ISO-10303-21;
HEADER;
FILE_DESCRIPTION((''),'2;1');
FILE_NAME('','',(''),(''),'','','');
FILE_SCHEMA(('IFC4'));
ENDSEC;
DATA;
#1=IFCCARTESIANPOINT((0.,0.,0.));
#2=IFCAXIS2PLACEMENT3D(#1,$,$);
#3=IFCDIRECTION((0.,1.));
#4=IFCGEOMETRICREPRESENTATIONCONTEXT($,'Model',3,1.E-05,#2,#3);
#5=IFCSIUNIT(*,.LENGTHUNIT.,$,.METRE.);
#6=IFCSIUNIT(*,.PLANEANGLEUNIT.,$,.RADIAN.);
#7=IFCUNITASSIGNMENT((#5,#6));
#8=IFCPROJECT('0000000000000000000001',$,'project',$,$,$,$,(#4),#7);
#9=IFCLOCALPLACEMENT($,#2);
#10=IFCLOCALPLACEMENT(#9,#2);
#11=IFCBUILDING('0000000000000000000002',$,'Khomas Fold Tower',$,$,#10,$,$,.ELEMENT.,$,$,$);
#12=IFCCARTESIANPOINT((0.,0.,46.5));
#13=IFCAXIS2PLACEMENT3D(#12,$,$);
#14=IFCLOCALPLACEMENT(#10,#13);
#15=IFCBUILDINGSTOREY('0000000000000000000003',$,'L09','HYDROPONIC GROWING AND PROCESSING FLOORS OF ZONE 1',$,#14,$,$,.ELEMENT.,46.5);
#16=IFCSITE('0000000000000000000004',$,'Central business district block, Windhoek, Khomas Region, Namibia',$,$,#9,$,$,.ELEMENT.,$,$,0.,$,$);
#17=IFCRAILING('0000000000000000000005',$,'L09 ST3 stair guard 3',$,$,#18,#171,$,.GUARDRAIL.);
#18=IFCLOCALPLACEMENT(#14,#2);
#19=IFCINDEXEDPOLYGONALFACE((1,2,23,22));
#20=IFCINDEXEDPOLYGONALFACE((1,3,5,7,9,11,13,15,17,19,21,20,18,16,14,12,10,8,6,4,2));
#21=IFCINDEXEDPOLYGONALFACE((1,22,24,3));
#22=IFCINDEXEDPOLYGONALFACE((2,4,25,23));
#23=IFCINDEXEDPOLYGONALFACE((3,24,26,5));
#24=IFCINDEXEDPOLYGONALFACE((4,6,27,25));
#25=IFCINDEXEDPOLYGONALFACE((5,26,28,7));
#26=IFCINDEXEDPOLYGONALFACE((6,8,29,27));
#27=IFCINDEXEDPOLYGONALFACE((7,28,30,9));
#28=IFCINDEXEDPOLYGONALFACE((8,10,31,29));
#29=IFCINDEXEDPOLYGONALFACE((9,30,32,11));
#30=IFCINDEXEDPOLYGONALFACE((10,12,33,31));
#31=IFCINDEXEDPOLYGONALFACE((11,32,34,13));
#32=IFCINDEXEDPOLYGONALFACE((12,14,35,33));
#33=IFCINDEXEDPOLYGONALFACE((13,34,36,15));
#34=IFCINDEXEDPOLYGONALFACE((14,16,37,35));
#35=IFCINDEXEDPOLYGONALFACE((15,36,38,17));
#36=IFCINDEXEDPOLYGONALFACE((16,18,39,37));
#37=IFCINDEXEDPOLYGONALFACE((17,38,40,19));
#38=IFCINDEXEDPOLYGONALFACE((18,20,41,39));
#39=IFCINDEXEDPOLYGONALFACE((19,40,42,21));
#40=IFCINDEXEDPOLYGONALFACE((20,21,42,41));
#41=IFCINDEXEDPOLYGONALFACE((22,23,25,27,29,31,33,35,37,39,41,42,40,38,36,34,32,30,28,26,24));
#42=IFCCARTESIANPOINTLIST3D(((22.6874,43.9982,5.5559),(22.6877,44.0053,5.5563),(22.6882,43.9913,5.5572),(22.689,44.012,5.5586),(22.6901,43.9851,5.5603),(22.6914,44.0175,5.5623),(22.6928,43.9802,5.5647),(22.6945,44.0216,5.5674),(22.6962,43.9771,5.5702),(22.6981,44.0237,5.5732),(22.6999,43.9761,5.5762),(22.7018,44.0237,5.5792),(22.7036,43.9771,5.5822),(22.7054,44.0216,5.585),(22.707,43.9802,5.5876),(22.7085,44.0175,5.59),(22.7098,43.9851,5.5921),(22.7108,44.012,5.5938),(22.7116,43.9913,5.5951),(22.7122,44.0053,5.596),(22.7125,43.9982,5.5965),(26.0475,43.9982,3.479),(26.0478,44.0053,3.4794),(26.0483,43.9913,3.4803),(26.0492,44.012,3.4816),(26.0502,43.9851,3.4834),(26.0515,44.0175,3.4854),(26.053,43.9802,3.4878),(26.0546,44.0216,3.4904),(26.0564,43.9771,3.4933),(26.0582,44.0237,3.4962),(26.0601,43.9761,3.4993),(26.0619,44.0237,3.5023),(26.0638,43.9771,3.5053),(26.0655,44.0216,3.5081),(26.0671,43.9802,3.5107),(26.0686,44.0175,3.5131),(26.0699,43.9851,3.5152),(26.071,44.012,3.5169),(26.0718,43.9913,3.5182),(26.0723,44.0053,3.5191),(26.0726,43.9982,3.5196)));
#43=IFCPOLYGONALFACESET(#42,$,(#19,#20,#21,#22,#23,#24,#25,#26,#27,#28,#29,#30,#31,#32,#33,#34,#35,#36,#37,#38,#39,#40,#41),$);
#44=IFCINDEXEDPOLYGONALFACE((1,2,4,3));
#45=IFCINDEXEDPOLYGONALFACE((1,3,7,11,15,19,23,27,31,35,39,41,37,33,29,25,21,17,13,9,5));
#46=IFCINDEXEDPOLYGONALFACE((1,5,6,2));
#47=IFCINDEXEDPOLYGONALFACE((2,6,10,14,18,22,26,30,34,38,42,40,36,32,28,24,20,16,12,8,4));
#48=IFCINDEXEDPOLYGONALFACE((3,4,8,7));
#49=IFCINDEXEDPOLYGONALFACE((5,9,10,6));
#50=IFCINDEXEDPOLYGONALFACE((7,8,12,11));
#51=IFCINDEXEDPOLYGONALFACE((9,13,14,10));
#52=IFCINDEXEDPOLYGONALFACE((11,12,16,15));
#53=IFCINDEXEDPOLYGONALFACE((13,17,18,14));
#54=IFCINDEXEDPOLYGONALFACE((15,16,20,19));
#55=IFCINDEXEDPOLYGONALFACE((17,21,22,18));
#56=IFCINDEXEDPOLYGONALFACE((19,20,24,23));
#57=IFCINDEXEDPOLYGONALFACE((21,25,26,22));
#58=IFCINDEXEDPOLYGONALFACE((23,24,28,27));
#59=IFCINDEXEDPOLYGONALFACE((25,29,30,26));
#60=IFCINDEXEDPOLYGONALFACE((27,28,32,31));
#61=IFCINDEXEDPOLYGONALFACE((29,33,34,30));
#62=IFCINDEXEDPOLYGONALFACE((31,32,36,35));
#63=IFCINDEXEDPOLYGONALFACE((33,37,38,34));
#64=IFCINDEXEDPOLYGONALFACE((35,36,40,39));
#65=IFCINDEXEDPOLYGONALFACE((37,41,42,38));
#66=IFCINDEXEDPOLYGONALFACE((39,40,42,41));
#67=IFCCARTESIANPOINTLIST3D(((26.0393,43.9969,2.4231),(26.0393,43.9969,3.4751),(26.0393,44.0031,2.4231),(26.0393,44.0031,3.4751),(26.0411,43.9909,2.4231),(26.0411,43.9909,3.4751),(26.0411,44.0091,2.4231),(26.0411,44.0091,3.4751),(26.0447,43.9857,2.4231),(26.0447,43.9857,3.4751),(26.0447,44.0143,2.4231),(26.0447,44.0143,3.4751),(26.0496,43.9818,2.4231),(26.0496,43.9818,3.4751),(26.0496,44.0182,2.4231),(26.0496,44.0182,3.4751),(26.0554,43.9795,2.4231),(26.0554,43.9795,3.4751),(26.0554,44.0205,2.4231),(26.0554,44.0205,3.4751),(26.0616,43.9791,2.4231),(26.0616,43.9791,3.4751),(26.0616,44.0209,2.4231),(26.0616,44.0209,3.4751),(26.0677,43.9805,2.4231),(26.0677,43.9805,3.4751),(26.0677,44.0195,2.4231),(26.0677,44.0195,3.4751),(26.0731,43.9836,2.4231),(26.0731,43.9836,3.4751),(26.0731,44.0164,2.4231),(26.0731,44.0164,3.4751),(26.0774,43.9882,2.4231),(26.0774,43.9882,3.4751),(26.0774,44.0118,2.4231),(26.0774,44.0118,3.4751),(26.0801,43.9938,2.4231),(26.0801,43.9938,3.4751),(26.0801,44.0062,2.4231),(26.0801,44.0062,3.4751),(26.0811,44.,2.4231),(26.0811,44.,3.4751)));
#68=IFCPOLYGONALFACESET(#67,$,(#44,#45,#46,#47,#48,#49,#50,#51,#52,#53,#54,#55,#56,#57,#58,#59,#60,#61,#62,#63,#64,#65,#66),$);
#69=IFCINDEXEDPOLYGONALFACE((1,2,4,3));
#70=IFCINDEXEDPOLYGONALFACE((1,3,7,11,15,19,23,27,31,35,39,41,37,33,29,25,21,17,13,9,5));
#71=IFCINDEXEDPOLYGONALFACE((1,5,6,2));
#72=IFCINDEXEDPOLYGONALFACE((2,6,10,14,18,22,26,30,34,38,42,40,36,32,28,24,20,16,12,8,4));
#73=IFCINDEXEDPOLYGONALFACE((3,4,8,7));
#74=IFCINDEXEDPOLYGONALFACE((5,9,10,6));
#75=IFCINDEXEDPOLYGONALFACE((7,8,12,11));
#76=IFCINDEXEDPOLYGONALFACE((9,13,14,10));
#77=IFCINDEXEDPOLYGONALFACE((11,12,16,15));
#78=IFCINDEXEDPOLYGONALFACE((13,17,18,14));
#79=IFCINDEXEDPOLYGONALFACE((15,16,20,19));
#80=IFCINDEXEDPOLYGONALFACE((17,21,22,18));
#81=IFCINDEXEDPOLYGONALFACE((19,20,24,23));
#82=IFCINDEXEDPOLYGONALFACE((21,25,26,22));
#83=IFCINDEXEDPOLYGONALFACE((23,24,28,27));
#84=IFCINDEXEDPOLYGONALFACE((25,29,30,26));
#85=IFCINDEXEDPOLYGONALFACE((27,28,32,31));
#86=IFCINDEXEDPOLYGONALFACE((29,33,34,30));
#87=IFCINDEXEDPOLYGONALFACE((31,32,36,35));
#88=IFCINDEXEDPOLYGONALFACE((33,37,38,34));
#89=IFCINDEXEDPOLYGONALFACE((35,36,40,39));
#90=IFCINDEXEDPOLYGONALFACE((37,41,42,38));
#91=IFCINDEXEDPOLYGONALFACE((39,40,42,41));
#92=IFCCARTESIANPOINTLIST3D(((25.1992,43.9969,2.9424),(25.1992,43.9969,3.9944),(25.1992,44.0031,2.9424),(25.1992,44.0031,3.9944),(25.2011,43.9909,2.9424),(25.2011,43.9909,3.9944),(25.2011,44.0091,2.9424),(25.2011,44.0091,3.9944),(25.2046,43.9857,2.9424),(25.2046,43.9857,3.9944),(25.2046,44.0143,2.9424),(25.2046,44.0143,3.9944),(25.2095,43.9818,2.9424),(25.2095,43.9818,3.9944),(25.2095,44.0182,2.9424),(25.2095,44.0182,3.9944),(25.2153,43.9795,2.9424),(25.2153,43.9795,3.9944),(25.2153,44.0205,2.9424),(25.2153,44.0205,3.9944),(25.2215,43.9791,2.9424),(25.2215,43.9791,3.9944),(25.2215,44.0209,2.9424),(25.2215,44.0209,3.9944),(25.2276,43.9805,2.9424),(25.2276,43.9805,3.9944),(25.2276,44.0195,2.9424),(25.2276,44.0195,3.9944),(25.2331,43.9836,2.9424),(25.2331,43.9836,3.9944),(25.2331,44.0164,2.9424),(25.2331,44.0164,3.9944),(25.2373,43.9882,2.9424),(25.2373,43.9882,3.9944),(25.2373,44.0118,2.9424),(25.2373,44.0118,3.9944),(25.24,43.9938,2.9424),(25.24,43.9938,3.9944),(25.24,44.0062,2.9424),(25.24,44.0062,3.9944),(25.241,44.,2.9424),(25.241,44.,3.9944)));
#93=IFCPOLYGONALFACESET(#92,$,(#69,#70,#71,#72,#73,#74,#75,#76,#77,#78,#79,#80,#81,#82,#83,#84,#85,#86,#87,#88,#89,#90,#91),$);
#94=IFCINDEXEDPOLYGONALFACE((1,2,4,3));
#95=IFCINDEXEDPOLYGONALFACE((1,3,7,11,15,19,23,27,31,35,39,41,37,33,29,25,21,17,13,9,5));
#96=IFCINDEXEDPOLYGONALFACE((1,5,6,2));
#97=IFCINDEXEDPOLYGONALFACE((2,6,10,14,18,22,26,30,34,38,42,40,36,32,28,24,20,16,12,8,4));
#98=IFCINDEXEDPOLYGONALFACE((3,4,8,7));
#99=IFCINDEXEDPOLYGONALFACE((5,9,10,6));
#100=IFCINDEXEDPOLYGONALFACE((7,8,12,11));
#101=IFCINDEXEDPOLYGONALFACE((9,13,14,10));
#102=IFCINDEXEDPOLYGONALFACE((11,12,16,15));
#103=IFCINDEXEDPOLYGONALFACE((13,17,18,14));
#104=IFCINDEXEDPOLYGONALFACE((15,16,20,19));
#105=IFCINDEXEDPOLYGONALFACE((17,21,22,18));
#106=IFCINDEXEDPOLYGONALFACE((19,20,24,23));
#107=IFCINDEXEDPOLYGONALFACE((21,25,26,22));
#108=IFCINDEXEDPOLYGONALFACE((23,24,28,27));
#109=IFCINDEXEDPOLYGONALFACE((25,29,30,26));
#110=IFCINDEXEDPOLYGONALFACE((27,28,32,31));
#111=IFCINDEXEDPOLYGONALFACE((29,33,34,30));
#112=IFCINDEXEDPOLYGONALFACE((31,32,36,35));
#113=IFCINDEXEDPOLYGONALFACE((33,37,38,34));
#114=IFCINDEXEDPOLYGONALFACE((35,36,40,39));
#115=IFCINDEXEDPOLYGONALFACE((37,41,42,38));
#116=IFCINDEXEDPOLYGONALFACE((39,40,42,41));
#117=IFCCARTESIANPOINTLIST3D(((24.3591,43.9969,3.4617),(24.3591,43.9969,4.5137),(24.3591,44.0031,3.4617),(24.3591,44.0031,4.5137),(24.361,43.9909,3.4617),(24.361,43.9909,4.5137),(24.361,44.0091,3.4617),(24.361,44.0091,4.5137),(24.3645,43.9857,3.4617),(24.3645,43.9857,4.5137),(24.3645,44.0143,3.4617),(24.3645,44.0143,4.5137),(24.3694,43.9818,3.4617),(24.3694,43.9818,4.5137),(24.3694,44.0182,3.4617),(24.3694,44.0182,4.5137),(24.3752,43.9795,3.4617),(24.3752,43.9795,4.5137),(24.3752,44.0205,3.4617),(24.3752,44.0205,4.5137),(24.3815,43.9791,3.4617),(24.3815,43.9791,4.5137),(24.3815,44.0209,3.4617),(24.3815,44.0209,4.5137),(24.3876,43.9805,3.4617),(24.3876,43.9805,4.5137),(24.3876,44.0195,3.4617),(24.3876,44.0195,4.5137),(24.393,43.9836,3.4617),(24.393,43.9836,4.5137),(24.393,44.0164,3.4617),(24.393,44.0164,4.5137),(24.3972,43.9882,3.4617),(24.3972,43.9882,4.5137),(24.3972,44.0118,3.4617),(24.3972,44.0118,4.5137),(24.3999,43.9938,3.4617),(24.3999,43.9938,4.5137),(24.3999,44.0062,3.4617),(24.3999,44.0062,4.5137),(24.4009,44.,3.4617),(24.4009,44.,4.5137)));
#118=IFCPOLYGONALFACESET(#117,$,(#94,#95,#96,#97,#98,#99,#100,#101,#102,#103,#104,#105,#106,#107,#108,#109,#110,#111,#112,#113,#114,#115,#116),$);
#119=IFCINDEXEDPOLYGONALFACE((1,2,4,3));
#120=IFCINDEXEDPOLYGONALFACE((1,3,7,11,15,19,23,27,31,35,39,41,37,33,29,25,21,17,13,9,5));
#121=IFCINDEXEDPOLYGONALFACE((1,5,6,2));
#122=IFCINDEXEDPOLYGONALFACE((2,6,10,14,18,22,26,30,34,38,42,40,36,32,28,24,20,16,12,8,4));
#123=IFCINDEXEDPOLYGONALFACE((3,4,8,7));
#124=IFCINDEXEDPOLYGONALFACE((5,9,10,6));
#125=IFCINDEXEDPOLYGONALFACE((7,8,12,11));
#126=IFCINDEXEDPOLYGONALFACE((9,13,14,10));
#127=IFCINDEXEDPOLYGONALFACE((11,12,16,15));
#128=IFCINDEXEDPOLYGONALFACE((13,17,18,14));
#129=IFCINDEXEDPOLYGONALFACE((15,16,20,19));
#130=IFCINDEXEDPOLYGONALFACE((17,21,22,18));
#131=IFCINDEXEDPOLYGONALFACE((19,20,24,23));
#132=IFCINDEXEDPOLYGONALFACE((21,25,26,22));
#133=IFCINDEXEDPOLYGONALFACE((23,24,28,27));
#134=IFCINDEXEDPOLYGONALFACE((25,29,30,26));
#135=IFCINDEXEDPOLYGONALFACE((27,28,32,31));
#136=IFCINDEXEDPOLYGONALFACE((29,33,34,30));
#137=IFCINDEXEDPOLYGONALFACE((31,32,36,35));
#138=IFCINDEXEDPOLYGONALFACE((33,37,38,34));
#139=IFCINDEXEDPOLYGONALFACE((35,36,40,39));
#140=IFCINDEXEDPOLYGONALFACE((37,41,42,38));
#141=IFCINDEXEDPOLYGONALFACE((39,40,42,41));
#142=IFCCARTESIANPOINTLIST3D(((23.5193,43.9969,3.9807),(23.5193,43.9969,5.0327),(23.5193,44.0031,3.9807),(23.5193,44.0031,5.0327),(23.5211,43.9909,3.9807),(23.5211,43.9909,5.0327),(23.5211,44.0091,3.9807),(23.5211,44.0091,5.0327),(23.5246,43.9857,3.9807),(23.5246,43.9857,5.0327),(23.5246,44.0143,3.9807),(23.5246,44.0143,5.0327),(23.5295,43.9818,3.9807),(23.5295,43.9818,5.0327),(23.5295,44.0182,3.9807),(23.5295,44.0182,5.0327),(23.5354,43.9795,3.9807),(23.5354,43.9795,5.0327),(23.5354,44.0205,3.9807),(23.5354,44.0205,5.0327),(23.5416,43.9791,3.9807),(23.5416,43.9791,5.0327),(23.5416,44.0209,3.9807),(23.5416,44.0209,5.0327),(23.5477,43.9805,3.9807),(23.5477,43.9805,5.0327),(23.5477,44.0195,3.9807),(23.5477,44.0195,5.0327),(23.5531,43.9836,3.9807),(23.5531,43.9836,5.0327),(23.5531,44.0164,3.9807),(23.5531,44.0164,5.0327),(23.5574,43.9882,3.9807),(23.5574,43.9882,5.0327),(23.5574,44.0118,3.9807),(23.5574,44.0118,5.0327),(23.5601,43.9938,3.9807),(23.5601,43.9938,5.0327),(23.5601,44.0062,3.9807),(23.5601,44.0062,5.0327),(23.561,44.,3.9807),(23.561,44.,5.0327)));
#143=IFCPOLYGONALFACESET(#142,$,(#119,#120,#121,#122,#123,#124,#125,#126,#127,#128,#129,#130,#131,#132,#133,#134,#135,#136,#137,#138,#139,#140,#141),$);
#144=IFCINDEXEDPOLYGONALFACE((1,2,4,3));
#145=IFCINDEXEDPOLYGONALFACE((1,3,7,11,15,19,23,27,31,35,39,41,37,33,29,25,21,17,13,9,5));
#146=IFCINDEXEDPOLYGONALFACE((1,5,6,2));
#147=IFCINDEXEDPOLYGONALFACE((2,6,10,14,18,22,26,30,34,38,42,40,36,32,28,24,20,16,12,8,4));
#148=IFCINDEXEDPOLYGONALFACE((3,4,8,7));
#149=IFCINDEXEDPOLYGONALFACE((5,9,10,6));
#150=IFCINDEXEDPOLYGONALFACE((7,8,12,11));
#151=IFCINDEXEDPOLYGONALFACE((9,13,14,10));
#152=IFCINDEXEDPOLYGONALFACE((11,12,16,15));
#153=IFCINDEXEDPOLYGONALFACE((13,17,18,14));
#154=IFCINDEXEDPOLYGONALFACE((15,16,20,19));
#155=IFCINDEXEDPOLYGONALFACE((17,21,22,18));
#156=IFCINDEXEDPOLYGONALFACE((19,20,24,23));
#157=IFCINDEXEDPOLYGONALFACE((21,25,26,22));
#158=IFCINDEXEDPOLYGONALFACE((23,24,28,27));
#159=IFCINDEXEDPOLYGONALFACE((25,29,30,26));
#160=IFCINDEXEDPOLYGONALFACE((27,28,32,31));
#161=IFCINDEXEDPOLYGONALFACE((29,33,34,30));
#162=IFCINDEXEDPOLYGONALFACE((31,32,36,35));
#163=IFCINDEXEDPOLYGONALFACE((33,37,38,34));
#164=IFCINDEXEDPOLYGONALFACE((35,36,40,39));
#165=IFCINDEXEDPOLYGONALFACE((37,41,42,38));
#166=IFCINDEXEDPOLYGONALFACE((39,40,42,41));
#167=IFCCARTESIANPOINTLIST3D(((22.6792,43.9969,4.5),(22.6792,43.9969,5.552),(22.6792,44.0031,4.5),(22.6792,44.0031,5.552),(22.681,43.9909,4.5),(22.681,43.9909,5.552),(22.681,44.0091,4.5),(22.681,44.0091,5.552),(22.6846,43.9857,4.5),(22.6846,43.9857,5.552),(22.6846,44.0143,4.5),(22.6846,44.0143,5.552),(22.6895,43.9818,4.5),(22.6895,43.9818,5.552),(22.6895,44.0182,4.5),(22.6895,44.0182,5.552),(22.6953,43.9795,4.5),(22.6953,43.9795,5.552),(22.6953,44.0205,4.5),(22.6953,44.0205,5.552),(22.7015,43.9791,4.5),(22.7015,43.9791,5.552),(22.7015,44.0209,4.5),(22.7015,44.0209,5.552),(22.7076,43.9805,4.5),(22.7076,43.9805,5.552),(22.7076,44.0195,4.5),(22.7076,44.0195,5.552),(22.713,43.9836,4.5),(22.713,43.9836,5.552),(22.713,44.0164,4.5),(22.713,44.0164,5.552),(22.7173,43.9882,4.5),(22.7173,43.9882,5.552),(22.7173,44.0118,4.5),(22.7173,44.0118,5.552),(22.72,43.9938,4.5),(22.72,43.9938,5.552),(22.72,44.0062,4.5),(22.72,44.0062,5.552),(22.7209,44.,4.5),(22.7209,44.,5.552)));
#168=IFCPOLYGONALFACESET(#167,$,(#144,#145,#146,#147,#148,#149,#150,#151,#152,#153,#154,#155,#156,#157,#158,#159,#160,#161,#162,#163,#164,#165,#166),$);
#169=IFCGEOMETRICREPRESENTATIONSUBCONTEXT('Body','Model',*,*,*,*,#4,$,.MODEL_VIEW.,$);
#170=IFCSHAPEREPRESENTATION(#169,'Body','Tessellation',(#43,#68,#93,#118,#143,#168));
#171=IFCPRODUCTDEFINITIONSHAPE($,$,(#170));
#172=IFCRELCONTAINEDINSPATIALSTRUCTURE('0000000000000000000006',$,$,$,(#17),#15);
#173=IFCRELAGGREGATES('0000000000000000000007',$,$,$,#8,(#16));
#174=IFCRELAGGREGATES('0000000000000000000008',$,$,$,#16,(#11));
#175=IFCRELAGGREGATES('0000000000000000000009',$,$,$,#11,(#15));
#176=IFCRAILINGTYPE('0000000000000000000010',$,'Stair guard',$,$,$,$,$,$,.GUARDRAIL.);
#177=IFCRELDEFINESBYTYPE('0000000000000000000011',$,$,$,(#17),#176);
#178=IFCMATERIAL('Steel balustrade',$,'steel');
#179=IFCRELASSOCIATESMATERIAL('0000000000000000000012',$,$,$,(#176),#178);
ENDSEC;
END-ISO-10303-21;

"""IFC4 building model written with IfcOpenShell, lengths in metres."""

from ifc_helpers import new_model, si_unit, direction, frame, origin, origin_2d, place, context, subcontext, project, spatial, circle, extrude, source, transform, mapped, material, type_object, element, save


model = new_model("IFC4")

# Units and contexts
model_context = context("Model", 3, precision=1e-05, world=origin(), true_north=direction((0.0, 1.0)))
body_context = subcontext(model_context, "Body", "Model", "MODEL_VIEW")
ifc_project = project(units=[si_unit("LENGTHUNIT", "METRE"), si_unit("PLANEANGLEUNIT", "RADIAN")], contexts=[model_context])

# Site, building, storey
site_placement = place(None, origin())
site = spatial("IfcSite", under=ifc_project, at=site_placement, Name="Central business district block, Windhoek, Khomas Region, Namibia", CompositionType="ELEMENT", RefElevation=0.0)
building_placement = place(site_placement, origin())
building = spatial("IfcBuilding", under=site, at=building_placement, Name="Khomas Fold Tower", CompositionType="ELEMENT")
storey_placement = place(building_placement, frame((0.0, 0.0, 46.5)))
storey = spatial("IfcBuildingStorey", under=building, at=storey_placement, Name="L09", Description="HYDROPONIC GROWING AND PROCESSING FLOORS OF ZONE 1", CompositionType="ELEMENT", Elevation=46.5)

# Railing
ifc_material_1 = material(Name="Steel balustrade", Category="steel")
railing_type_1 = type_object("IfcRailingType", Name="Stair guard", PredefinedType="GUARDRAIL", material=ifc_material_1)
shared_shape_1 = source(origin(), body_context, "Body", "SweptSolid", [
    extrude(circle(Radius=0.0239, at=origin_2d()), frame((0.0, 0.0, 1.0762), z_axis=(-0.850623, 0.0, 0.525776), x_axis=(0.0, -1.0, 0.0)), (0.0, 0.0, 1.0), 3.9502),
    extrude(circle(Radius=0.021, at=origin_2d()), origin(), (0.0, 0.0, 1.0), 1.052),
    extrude(circle(Radius=0.021, at=origin_2d()), frame((-0.8401, 0.0, 0.5193)), (0.0, 0.0, 1.0), 1.052),
    extrude(circle(Radius=0.021, at=origin_2d()), frame((-1.6802, 0.0, 1.0386)), (0.0, 0.0, 1.0), 1.052),
    extrude(circle(Radius=0.021, at=origin_2d()), frame((-2.52, 0.0, 1.5576)), (0.0, 0.0, 1.0), 1.052),
    extrude(circle(Radius=0.021, at=origin_2d()), frame((-3.3601, 0.0, 2.0769)), (0.0, 0.0, 1.0), 1.052),
])
railing_1_placement = place(storey_placement, frame((26.0601, 44.0, 2.4231)))
element("IfcRailing", 1, at=railing_1_placement, inside=storey, type_object=railing_type_1, Name="L09 ST3 stair guard 3", PredefinedType="GUARDRAIL", context=body_context, shape_type="MappedRepresentation", body=[
    mapped(shared_shape_1, transform((0.0, 0.0, 0.0))),
])

save(model, "model.ifc")
